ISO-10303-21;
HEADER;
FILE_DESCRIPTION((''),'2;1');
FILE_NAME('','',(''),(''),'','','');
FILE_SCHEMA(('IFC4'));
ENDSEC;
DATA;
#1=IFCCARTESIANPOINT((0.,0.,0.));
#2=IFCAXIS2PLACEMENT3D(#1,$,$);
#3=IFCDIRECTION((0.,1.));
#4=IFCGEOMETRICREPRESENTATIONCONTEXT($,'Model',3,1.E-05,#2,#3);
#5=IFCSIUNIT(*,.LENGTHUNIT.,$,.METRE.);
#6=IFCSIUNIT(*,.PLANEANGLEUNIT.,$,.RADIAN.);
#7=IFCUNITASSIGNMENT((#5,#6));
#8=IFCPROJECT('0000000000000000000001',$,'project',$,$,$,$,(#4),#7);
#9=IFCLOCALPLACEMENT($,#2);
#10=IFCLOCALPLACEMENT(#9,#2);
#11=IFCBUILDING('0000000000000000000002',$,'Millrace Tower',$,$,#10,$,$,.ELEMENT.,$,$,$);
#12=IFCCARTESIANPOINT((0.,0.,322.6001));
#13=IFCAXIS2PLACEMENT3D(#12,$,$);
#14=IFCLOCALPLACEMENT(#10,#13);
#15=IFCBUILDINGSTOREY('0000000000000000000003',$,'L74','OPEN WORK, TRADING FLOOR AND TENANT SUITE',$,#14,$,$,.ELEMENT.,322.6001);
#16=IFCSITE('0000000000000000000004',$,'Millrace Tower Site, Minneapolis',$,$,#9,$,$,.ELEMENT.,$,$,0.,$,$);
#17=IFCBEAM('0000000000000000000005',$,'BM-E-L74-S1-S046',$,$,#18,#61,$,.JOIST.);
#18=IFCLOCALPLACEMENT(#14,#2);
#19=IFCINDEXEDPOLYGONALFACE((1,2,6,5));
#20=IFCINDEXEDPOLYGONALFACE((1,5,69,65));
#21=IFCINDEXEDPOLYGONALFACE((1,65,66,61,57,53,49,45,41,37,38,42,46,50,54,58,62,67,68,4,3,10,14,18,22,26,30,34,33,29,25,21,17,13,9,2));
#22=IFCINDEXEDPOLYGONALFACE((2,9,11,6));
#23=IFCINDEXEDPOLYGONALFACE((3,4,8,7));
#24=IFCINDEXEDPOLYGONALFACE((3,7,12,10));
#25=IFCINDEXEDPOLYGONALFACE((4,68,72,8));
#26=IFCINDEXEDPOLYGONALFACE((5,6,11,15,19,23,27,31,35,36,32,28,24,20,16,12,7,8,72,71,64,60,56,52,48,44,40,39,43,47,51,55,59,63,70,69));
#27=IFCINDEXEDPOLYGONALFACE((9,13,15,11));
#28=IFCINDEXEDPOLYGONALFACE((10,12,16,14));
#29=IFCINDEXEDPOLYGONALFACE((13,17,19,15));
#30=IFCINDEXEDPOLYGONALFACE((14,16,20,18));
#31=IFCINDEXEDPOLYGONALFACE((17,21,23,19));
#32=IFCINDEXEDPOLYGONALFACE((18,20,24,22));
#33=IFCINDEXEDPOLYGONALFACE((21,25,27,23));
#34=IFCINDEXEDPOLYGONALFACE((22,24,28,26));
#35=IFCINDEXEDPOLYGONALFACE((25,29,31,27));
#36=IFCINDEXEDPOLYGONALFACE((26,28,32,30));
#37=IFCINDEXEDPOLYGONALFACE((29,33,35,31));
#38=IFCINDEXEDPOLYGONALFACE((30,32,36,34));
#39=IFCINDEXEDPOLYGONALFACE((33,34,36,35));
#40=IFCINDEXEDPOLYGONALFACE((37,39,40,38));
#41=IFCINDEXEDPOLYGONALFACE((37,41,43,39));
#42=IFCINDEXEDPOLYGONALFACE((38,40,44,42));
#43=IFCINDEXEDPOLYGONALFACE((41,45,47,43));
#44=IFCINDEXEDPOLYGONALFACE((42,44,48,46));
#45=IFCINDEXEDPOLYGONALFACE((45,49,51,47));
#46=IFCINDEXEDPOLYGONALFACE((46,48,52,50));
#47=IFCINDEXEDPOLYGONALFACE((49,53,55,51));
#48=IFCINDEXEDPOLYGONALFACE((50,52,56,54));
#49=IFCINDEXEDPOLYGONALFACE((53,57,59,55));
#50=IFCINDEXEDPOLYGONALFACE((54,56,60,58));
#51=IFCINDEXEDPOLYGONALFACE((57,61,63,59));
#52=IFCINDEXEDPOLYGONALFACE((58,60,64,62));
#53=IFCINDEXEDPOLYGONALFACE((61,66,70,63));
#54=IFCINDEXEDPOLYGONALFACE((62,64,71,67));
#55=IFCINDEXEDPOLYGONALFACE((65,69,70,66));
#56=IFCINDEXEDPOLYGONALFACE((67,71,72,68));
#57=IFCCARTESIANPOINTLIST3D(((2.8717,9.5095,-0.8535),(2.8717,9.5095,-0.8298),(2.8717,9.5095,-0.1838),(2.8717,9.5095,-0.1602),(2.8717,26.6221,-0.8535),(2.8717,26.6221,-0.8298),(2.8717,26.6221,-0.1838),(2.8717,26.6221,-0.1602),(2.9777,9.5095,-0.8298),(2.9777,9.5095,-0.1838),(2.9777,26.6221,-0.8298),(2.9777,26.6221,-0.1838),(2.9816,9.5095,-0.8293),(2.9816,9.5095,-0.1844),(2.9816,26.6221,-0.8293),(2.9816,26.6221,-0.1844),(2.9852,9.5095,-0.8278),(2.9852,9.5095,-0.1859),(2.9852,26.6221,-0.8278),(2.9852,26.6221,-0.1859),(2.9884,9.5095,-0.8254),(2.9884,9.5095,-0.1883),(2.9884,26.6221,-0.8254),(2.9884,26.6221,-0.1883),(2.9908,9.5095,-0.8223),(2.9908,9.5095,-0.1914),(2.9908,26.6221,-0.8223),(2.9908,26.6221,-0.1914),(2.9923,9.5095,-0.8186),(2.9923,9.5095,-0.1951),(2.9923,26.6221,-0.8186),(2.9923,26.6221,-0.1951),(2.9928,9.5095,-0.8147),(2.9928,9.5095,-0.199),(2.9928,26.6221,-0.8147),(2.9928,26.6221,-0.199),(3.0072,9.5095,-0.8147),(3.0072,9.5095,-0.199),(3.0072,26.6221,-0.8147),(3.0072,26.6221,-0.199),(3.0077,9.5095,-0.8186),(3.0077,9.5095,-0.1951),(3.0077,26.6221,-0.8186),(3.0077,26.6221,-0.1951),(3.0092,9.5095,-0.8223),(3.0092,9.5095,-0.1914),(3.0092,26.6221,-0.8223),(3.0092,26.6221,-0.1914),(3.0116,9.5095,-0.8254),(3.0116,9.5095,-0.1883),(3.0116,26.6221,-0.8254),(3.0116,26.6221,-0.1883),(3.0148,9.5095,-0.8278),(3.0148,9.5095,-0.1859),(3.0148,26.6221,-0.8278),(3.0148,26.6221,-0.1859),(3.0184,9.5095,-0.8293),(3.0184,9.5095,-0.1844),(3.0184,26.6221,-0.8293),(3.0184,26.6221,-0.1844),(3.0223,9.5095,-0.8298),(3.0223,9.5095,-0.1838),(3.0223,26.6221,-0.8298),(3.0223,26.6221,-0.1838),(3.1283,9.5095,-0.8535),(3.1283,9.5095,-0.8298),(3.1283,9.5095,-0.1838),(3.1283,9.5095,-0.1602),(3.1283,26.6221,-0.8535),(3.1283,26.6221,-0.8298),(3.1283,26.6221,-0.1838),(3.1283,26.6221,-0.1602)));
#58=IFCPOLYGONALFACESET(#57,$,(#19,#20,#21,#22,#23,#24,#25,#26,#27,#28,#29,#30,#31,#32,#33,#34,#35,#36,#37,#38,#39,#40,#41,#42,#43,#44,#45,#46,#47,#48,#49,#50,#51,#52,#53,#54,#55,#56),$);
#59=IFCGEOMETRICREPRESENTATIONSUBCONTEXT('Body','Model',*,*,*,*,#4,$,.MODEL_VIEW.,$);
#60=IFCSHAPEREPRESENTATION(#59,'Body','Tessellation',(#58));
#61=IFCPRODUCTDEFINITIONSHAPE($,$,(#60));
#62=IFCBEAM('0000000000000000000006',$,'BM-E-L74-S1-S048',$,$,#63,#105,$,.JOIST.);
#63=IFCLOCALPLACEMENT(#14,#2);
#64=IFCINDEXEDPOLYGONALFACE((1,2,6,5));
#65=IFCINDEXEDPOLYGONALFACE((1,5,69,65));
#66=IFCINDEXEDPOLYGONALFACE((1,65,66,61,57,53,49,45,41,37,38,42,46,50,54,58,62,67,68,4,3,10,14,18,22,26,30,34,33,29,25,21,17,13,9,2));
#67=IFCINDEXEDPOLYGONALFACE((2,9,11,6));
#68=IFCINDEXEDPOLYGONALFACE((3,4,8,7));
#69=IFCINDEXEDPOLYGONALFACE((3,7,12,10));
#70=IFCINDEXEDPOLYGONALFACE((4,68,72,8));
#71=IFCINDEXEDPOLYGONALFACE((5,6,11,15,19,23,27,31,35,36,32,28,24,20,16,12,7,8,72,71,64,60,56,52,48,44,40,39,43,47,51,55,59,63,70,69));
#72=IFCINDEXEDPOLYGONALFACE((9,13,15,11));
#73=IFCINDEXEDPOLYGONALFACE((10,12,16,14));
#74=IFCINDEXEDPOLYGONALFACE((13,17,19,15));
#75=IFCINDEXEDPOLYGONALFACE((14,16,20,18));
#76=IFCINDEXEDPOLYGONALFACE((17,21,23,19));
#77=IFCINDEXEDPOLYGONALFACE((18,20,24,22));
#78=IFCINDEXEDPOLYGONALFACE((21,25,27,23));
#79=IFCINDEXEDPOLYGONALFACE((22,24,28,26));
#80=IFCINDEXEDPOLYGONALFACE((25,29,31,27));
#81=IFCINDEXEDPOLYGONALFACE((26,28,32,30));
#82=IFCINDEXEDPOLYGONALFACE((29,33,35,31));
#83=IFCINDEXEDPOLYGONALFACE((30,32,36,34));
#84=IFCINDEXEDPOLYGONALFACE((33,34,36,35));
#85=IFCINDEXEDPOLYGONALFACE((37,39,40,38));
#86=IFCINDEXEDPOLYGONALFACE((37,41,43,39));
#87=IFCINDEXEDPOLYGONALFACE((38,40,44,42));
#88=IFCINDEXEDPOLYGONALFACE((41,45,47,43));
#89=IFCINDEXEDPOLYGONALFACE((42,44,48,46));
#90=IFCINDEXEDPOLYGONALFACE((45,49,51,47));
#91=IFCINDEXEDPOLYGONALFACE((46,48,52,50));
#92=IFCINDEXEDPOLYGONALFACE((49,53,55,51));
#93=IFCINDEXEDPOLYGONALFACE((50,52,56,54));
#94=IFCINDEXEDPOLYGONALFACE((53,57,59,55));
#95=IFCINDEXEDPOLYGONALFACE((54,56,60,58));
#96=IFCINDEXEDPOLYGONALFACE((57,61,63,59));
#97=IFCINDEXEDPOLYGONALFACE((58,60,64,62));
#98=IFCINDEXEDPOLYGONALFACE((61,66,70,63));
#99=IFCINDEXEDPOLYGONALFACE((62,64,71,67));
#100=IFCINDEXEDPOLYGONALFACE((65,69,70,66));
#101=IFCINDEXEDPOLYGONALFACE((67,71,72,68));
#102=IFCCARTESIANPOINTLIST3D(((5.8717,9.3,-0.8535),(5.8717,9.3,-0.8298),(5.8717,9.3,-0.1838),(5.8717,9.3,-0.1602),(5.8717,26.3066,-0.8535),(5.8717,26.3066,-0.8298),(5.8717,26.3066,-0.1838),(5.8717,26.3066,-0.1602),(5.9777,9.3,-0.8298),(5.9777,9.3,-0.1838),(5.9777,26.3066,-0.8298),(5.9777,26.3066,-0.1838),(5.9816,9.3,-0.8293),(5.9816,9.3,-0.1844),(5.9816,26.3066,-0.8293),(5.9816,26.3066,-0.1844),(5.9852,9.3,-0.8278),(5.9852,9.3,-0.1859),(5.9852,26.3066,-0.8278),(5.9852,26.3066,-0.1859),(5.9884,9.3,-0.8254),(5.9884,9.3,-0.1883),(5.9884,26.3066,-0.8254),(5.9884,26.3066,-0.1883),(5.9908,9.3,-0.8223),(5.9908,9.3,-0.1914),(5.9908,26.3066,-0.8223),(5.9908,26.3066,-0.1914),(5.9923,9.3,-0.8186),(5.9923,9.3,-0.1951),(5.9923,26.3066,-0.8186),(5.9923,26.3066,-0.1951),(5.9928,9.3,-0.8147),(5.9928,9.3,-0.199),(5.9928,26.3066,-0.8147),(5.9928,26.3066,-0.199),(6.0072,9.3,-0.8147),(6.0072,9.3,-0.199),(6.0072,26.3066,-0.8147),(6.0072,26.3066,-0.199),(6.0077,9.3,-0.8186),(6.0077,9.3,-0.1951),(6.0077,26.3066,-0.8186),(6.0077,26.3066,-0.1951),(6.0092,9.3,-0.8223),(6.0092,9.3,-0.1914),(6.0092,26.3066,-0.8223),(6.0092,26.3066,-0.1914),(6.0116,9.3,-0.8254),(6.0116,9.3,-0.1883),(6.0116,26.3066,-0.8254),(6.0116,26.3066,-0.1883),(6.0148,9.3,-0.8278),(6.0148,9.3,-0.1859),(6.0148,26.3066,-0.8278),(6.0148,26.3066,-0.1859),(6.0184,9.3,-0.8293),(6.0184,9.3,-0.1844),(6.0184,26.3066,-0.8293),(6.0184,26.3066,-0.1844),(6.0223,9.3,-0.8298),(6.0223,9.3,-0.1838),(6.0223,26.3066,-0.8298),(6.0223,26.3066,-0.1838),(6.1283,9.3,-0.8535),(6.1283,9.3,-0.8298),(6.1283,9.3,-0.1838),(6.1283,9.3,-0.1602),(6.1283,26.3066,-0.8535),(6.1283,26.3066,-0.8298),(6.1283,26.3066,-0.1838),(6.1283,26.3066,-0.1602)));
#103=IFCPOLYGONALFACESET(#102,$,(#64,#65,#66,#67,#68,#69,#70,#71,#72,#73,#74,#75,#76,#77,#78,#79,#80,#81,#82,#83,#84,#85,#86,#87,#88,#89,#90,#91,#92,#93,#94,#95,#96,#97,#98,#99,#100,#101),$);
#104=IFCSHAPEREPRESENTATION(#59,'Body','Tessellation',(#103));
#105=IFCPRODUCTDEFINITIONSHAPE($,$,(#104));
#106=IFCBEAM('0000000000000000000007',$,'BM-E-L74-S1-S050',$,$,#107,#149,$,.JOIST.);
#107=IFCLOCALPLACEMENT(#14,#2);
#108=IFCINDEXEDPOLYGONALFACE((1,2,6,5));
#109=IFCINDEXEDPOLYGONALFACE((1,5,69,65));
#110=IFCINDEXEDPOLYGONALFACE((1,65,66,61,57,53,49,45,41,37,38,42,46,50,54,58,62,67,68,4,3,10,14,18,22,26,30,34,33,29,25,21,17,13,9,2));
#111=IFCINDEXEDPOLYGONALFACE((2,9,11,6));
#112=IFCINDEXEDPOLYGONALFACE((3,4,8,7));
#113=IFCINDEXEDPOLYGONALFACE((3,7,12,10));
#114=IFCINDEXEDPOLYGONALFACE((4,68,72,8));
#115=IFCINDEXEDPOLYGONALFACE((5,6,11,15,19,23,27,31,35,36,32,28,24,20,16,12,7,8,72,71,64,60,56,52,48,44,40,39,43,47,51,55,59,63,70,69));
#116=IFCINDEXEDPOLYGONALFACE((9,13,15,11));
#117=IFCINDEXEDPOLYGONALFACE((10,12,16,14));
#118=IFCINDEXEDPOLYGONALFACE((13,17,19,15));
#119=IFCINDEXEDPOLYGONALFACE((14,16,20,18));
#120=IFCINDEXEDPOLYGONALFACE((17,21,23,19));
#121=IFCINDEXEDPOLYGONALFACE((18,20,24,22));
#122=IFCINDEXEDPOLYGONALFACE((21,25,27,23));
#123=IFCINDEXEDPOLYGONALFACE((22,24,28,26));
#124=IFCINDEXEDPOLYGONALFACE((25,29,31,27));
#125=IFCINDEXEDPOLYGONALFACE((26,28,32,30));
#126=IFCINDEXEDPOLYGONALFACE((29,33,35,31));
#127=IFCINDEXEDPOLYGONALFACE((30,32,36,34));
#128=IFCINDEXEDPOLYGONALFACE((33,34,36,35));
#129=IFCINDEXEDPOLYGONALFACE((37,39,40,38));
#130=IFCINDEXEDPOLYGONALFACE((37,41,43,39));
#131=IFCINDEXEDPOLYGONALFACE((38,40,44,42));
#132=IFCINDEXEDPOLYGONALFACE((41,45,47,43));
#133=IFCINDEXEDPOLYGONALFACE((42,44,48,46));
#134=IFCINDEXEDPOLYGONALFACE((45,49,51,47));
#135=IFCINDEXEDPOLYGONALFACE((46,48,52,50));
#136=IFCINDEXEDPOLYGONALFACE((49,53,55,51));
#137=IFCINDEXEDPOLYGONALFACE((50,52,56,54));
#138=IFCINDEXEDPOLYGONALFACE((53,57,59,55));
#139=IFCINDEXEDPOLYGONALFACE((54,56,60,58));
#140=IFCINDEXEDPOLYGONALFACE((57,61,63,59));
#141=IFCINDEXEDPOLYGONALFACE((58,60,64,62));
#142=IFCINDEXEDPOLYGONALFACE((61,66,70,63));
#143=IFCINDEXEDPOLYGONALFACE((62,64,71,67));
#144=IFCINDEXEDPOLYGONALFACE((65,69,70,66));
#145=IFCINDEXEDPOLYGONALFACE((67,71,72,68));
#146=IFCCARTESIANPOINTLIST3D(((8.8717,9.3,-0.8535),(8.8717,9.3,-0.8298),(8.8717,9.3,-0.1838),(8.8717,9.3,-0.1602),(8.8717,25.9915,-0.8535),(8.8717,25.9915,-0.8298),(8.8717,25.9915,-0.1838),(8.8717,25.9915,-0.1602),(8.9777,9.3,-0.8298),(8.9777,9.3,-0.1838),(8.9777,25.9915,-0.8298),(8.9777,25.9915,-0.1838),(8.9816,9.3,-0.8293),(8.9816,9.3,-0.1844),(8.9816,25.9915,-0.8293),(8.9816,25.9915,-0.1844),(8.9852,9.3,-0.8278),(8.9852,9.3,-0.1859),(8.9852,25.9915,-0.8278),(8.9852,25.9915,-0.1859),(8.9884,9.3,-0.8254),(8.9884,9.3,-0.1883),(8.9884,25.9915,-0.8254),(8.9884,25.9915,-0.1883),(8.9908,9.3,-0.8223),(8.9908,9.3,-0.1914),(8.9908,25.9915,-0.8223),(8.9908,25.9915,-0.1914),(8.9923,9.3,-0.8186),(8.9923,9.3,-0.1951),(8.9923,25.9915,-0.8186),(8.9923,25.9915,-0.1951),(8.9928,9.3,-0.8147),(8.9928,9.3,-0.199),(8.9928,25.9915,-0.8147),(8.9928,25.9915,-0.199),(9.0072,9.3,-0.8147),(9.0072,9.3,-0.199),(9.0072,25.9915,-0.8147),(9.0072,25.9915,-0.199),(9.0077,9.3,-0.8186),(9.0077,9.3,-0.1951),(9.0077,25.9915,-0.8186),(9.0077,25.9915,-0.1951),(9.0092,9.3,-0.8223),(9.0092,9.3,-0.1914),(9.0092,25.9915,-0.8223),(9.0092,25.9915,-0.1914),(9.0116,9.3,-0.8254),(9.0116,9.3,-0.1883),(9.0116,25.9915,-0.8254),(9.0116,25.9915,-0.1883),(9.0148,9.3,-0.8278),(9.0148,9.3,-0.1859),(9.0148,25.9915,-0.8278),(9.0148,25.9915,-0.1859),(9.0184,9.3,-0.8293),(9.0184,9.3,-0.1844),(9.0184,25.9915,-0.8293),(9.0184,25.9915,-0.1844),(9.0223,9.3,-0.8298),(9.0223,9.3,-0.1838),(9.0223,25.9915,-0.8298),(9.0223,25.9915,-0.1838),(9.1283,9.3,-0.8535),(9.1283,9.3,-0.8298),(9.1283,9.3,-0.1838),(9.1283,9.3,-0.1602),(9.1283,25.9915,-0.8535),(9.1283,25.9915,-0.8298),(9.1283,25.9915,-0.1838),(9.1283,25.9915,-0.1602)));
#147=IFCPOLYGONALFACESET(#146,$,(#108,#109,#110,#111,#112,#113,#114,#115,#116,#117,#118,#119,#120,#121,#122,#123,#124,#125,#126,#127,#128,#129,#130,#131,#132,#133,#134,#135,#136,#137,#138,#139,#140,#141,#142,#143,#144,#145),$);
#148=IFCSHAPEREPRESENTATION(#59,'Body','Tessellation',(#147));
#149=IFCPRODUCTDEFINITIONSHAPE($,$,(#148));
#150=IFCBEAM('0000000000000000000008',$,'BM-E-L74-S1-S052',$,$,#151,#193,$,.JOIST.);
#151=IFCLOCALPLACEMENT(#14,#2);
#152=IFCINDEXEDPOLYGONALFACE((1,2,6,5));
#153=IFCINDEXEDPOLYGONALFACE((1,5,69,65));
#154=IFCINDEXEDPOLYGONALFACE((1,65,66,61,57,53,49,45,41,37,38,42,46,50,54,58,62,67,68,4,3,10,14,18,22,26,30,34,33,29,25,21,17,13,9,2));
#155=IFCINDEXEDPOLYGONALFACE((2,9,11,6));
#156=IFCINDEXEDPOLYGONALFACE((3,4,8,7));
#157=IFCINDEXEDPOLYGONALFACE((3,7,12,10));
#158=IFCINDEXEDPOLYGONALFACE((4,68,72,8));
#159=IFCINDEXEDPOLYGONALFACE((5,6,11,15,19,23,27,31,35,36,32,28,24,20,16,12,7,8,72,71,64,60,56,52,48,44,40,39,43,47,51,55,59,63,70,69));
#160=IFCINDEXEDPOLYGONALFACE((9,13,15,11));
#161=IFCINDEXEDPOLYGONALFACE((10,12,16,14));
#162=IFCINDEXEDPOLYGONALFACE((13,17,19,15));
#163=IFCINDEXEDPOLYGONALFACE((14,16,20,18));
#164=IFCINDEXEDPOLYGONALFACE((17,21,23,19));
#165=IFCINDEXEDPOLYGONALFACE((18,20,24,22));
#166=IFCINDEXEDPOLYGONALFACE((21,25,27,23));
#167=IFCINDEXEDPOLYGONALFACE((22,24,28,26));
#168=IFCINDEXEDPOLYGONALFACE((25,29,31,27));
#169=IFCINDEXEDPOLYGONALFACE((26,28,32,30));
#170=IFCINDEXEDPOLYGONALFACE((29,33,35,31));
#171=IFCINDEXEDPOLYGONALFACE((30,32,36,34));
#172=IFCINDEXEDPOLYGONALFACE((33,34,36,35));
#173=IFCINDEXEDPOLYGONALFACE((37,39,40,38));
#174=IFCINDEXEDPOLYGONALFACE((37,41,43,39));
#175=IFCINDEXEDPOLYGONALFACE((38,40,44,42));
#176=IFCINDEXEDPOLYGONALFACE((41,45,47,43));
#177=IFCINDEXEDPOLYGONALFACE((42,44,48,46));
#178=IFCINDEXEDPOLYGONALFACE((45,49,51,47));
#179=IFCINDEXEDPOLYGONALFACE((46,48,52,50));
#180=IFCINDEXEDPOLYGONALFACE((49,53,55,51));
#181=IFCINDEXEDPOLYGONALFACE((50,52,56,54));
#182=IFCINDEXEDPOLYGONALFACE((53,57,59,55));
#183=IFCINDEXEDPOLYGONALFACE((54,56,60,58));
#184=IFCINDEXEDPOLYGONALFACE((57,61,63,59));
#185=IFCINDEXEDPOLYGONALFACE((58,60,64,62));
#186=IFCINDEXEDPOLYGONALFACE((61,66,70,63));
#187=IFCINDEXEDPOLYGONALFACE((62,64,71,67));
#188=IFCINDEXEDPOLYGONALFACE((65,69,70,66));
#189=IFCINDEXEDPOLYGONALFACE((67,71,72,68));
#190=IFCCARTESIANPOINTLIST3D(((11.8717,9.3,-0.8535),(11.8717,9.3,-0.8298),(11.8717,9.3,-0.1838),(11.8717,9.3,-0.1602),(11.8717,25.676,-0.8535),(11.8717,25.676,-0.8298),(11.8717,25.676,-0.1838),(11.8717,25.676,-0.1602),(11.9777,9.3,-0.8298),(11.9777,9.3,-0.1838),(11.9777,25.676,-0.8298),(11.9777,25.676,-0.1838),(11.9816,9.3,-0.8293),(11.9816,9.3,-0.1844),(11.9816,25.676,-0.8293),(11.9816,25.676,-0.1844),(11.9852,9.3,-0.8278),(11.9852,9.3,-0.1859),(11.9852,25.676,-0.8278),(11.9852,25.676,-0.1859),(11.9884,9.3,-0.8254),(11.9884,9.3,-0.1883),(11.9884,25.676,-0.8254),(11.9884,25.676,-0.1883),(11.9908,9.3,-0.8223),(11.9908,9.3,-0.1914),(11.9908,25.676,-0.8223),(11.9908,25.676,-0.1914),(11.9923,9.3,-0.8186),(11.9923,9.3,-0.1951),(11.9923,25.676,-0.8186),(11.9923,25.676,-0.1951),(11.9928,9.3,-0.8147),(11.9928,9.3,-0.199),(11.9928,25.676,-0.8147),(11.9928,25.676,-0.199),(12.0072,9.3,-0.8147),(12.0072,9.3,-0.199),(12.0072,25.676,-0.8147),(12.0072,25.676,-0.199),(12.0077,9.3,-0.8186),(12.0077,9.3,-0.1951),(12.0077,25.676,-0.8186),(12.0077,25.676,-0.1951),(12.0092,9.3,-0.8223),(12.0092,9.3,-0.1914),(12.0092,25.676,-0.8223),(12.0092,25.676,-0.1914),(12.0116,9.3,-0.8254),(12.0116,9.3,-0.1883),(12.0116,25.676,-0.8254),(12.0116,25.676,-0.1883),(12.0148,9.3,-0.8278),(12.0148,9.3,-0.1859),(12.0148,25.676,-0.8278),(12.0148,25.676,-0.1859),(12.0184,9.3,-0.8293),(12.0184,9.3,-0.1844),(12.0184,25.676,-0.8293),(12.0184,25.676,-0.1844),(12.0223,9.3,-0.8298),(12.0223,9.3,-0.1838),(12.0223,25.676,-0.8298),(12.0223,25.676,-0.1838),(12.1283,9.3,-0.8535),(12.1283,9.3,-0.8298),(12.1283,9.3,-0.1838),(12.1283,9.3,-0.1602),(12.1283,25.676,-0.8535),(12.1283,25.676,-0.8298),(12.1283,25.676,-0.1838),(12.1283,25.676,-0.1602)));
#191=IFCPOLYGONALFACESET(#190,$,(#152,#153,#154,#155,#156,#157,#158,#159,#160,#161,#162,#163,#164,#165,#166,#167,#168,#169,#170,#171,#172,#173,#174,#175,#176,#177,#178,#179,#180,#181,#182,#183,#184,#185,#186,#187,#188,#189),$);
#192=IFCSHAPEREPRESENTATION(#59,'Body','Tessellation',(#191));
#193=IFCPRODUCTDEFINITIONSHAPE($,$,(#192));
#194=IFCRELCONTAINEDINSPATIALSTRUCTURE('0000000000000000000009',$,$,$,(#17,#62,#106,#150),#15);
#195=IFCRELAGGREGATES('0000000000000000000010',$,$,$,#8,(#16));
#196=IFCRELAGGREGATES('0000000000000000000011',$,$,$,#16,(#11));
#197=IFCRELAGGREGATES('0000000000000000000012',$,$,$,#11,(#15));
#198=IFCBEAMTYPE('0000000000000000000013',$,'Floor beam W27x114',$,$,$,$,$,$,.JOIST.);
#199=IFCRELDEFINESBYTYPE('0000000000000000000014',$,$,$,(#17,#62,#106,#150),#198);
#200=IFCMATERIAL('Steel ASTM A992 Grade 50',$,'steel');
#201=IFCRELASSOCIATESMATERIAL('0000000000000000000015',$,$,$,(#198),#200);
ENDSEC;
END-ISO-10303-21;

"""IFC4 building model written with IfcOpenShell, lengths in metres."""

from ifc_helpers import new_model, si_unit, direction, frame, origin, origin_2d, place, context, subcontext, project, spatial, i_section, extrude, material, material_profile, profile_set, type_object, element, save


model = new_model("IFC4")

# Units and contexts
model_context = context("Model", 3, precision=1e-05, world=origin(), true_north=direction((0.0, 1.0)))
body_context = subcontext(model_context, "Body", "Model", "MODEL_VIEW")
ifc_project = project(units=[si_unit("LENGTHUNIT", "METRE"), si_unit("PLANEANGLEUNIT", "RADIAN")], contexts=[model_context])

# Site, building, storey
site_placement = place(None, origin())
site = spatial("IfcSite", under=ifc_project, at=site_placement, Name="Millrace Tower Site, Minneapolis", CompositionType="ELEMENT", RefElevation=0.0)
building_placement = place(site_placement, origin())
building = spatial("IfcBuilding", under=site, at=building_placement, Name="Millrace Tower", CompositionType="ELEMENT")
storey_placement = place(building_placement, frame((0.0, 0.0, 322.6001)))
storey = spatial("IfcBuildingStorey", under=building, at=storey_placement, Name="L74", Description="OPEN WORK, TRADING FLOOR AND TENANT SUITE", CompositionType="ELEMENT", Elevation=322.6001)

# Beams
ifc_material_1 = material(Name="Steel ASTM A992 Grade 50", Category="steel")
ifc_material_profile_1 = material_profile(ifc_material_1, i_section(OverallWidth=0.2566, OverallDepth=0.6934, WebThickness=0.0144, FlangeThickness=0.0237, FilletRadius=0.0151, at=origin_2d()))
ifc_profile_set_1 = profile_set([ifc_material_profile_1], Name="Steel ASTM A992 Grade 50")
beam_type_1 = type_object("IfcBeamType", Name="Floor beam W27x114", PredefinedType="JOIST", material=ifc_profile_set_1)
beam_1_placement = place(storey_placement, frame((3.0, 9.5095, -0.5068), z_axis=(0.0, 1.0, 0.0), x_axis=(-1.0, 0.0, 0.0)))
element("IfcBeam", 1, at=beam_1_placement, inside=storey, type_object=beam_type_1, Name="BM-E-L74-S1-S046", PredefinedType="JOIST", context=body_context, shape_type="SweptSolid", body=[
    extrude(i_section(OverallWidth=0.2566, OverallDepth=0.6934, WebThickness=0.0144, FlangeThickness=0.0237, FilletRadius=0.0151, at=origin_2d()), origin(), (0.0, 0.0, 1.0), 17.1125),
])
beam_2_placement = place(storey_placement, frame((6.0, 9.3, -0.5068), z_axis=(0.0, 1.0, 0.0), x_axis=(-1.0, 0.0, 0.0)))
element("IfcBeam", 2, at=beam_2_placement, inside=storey, type_object=beam_type_1, Name="BM-E-L74-S1-S048", PredefinedType="JOIST", context=body_context, shape_type="SweptSolid", body=[
    extrude(i_section(OverallWidth=0.2566, OverallDepth=0.6934, WebThickness=0.0144, FlangeThickness=0.0237, FilletRadius=0.0151, at=origin_2d()), origin(), (0.0, 0.0, 1.0), 17.0066),
])
beam_3_placement = place(storey_placement, frame((9.0, 9.3, -0.5068), z_axis=(0.0, 1.0, 0.0), x_axis=(-1.0, 0.0, 0.0)))
element("IfcBeam", 3, at=beam_3_placement, inside=storey, type_object=beam_type_1, Name="BM-E-L74-S1-S050", PredefinedType="JOIST", context=body_context, shape_type="SweptSolid", body=[
    extrude(i_section(OverallWidth=0.2566, OverallDepth=0.6934, WebThickness=0.0144, FlangeThickness=0.0237, FilletRadius=0.0151, at=origin_2d()), origin(), (0.0, 0.0, 1.0), 16.6914),
])
beam_4_placement = place(storey_placement, frame((12.0, 9.3, -0.5068), z_axis=(0.0, 1.0, 0.0), x_axis=(-1.0, 0.0, 0.0)))
element("IfcBeam", 4, at=beam_4_placement, inside=storey, type_object=beam_type_1, Name="BM-E-L74-S1-S052", PredefinedType="JOIST", context=body_context, shape_type="SweptSolid", body=[
    extrude(i_section(OverallWidth=0.2566, OverallDepth=0.6934, WebThickness=0.0144, FlangeThickness=0.0237, FilletRadius=0.0151, at=origin_2d()), origin(), (0.0, 0.0, 1.0), 16.376),
])

save(model, "model.ifc")
